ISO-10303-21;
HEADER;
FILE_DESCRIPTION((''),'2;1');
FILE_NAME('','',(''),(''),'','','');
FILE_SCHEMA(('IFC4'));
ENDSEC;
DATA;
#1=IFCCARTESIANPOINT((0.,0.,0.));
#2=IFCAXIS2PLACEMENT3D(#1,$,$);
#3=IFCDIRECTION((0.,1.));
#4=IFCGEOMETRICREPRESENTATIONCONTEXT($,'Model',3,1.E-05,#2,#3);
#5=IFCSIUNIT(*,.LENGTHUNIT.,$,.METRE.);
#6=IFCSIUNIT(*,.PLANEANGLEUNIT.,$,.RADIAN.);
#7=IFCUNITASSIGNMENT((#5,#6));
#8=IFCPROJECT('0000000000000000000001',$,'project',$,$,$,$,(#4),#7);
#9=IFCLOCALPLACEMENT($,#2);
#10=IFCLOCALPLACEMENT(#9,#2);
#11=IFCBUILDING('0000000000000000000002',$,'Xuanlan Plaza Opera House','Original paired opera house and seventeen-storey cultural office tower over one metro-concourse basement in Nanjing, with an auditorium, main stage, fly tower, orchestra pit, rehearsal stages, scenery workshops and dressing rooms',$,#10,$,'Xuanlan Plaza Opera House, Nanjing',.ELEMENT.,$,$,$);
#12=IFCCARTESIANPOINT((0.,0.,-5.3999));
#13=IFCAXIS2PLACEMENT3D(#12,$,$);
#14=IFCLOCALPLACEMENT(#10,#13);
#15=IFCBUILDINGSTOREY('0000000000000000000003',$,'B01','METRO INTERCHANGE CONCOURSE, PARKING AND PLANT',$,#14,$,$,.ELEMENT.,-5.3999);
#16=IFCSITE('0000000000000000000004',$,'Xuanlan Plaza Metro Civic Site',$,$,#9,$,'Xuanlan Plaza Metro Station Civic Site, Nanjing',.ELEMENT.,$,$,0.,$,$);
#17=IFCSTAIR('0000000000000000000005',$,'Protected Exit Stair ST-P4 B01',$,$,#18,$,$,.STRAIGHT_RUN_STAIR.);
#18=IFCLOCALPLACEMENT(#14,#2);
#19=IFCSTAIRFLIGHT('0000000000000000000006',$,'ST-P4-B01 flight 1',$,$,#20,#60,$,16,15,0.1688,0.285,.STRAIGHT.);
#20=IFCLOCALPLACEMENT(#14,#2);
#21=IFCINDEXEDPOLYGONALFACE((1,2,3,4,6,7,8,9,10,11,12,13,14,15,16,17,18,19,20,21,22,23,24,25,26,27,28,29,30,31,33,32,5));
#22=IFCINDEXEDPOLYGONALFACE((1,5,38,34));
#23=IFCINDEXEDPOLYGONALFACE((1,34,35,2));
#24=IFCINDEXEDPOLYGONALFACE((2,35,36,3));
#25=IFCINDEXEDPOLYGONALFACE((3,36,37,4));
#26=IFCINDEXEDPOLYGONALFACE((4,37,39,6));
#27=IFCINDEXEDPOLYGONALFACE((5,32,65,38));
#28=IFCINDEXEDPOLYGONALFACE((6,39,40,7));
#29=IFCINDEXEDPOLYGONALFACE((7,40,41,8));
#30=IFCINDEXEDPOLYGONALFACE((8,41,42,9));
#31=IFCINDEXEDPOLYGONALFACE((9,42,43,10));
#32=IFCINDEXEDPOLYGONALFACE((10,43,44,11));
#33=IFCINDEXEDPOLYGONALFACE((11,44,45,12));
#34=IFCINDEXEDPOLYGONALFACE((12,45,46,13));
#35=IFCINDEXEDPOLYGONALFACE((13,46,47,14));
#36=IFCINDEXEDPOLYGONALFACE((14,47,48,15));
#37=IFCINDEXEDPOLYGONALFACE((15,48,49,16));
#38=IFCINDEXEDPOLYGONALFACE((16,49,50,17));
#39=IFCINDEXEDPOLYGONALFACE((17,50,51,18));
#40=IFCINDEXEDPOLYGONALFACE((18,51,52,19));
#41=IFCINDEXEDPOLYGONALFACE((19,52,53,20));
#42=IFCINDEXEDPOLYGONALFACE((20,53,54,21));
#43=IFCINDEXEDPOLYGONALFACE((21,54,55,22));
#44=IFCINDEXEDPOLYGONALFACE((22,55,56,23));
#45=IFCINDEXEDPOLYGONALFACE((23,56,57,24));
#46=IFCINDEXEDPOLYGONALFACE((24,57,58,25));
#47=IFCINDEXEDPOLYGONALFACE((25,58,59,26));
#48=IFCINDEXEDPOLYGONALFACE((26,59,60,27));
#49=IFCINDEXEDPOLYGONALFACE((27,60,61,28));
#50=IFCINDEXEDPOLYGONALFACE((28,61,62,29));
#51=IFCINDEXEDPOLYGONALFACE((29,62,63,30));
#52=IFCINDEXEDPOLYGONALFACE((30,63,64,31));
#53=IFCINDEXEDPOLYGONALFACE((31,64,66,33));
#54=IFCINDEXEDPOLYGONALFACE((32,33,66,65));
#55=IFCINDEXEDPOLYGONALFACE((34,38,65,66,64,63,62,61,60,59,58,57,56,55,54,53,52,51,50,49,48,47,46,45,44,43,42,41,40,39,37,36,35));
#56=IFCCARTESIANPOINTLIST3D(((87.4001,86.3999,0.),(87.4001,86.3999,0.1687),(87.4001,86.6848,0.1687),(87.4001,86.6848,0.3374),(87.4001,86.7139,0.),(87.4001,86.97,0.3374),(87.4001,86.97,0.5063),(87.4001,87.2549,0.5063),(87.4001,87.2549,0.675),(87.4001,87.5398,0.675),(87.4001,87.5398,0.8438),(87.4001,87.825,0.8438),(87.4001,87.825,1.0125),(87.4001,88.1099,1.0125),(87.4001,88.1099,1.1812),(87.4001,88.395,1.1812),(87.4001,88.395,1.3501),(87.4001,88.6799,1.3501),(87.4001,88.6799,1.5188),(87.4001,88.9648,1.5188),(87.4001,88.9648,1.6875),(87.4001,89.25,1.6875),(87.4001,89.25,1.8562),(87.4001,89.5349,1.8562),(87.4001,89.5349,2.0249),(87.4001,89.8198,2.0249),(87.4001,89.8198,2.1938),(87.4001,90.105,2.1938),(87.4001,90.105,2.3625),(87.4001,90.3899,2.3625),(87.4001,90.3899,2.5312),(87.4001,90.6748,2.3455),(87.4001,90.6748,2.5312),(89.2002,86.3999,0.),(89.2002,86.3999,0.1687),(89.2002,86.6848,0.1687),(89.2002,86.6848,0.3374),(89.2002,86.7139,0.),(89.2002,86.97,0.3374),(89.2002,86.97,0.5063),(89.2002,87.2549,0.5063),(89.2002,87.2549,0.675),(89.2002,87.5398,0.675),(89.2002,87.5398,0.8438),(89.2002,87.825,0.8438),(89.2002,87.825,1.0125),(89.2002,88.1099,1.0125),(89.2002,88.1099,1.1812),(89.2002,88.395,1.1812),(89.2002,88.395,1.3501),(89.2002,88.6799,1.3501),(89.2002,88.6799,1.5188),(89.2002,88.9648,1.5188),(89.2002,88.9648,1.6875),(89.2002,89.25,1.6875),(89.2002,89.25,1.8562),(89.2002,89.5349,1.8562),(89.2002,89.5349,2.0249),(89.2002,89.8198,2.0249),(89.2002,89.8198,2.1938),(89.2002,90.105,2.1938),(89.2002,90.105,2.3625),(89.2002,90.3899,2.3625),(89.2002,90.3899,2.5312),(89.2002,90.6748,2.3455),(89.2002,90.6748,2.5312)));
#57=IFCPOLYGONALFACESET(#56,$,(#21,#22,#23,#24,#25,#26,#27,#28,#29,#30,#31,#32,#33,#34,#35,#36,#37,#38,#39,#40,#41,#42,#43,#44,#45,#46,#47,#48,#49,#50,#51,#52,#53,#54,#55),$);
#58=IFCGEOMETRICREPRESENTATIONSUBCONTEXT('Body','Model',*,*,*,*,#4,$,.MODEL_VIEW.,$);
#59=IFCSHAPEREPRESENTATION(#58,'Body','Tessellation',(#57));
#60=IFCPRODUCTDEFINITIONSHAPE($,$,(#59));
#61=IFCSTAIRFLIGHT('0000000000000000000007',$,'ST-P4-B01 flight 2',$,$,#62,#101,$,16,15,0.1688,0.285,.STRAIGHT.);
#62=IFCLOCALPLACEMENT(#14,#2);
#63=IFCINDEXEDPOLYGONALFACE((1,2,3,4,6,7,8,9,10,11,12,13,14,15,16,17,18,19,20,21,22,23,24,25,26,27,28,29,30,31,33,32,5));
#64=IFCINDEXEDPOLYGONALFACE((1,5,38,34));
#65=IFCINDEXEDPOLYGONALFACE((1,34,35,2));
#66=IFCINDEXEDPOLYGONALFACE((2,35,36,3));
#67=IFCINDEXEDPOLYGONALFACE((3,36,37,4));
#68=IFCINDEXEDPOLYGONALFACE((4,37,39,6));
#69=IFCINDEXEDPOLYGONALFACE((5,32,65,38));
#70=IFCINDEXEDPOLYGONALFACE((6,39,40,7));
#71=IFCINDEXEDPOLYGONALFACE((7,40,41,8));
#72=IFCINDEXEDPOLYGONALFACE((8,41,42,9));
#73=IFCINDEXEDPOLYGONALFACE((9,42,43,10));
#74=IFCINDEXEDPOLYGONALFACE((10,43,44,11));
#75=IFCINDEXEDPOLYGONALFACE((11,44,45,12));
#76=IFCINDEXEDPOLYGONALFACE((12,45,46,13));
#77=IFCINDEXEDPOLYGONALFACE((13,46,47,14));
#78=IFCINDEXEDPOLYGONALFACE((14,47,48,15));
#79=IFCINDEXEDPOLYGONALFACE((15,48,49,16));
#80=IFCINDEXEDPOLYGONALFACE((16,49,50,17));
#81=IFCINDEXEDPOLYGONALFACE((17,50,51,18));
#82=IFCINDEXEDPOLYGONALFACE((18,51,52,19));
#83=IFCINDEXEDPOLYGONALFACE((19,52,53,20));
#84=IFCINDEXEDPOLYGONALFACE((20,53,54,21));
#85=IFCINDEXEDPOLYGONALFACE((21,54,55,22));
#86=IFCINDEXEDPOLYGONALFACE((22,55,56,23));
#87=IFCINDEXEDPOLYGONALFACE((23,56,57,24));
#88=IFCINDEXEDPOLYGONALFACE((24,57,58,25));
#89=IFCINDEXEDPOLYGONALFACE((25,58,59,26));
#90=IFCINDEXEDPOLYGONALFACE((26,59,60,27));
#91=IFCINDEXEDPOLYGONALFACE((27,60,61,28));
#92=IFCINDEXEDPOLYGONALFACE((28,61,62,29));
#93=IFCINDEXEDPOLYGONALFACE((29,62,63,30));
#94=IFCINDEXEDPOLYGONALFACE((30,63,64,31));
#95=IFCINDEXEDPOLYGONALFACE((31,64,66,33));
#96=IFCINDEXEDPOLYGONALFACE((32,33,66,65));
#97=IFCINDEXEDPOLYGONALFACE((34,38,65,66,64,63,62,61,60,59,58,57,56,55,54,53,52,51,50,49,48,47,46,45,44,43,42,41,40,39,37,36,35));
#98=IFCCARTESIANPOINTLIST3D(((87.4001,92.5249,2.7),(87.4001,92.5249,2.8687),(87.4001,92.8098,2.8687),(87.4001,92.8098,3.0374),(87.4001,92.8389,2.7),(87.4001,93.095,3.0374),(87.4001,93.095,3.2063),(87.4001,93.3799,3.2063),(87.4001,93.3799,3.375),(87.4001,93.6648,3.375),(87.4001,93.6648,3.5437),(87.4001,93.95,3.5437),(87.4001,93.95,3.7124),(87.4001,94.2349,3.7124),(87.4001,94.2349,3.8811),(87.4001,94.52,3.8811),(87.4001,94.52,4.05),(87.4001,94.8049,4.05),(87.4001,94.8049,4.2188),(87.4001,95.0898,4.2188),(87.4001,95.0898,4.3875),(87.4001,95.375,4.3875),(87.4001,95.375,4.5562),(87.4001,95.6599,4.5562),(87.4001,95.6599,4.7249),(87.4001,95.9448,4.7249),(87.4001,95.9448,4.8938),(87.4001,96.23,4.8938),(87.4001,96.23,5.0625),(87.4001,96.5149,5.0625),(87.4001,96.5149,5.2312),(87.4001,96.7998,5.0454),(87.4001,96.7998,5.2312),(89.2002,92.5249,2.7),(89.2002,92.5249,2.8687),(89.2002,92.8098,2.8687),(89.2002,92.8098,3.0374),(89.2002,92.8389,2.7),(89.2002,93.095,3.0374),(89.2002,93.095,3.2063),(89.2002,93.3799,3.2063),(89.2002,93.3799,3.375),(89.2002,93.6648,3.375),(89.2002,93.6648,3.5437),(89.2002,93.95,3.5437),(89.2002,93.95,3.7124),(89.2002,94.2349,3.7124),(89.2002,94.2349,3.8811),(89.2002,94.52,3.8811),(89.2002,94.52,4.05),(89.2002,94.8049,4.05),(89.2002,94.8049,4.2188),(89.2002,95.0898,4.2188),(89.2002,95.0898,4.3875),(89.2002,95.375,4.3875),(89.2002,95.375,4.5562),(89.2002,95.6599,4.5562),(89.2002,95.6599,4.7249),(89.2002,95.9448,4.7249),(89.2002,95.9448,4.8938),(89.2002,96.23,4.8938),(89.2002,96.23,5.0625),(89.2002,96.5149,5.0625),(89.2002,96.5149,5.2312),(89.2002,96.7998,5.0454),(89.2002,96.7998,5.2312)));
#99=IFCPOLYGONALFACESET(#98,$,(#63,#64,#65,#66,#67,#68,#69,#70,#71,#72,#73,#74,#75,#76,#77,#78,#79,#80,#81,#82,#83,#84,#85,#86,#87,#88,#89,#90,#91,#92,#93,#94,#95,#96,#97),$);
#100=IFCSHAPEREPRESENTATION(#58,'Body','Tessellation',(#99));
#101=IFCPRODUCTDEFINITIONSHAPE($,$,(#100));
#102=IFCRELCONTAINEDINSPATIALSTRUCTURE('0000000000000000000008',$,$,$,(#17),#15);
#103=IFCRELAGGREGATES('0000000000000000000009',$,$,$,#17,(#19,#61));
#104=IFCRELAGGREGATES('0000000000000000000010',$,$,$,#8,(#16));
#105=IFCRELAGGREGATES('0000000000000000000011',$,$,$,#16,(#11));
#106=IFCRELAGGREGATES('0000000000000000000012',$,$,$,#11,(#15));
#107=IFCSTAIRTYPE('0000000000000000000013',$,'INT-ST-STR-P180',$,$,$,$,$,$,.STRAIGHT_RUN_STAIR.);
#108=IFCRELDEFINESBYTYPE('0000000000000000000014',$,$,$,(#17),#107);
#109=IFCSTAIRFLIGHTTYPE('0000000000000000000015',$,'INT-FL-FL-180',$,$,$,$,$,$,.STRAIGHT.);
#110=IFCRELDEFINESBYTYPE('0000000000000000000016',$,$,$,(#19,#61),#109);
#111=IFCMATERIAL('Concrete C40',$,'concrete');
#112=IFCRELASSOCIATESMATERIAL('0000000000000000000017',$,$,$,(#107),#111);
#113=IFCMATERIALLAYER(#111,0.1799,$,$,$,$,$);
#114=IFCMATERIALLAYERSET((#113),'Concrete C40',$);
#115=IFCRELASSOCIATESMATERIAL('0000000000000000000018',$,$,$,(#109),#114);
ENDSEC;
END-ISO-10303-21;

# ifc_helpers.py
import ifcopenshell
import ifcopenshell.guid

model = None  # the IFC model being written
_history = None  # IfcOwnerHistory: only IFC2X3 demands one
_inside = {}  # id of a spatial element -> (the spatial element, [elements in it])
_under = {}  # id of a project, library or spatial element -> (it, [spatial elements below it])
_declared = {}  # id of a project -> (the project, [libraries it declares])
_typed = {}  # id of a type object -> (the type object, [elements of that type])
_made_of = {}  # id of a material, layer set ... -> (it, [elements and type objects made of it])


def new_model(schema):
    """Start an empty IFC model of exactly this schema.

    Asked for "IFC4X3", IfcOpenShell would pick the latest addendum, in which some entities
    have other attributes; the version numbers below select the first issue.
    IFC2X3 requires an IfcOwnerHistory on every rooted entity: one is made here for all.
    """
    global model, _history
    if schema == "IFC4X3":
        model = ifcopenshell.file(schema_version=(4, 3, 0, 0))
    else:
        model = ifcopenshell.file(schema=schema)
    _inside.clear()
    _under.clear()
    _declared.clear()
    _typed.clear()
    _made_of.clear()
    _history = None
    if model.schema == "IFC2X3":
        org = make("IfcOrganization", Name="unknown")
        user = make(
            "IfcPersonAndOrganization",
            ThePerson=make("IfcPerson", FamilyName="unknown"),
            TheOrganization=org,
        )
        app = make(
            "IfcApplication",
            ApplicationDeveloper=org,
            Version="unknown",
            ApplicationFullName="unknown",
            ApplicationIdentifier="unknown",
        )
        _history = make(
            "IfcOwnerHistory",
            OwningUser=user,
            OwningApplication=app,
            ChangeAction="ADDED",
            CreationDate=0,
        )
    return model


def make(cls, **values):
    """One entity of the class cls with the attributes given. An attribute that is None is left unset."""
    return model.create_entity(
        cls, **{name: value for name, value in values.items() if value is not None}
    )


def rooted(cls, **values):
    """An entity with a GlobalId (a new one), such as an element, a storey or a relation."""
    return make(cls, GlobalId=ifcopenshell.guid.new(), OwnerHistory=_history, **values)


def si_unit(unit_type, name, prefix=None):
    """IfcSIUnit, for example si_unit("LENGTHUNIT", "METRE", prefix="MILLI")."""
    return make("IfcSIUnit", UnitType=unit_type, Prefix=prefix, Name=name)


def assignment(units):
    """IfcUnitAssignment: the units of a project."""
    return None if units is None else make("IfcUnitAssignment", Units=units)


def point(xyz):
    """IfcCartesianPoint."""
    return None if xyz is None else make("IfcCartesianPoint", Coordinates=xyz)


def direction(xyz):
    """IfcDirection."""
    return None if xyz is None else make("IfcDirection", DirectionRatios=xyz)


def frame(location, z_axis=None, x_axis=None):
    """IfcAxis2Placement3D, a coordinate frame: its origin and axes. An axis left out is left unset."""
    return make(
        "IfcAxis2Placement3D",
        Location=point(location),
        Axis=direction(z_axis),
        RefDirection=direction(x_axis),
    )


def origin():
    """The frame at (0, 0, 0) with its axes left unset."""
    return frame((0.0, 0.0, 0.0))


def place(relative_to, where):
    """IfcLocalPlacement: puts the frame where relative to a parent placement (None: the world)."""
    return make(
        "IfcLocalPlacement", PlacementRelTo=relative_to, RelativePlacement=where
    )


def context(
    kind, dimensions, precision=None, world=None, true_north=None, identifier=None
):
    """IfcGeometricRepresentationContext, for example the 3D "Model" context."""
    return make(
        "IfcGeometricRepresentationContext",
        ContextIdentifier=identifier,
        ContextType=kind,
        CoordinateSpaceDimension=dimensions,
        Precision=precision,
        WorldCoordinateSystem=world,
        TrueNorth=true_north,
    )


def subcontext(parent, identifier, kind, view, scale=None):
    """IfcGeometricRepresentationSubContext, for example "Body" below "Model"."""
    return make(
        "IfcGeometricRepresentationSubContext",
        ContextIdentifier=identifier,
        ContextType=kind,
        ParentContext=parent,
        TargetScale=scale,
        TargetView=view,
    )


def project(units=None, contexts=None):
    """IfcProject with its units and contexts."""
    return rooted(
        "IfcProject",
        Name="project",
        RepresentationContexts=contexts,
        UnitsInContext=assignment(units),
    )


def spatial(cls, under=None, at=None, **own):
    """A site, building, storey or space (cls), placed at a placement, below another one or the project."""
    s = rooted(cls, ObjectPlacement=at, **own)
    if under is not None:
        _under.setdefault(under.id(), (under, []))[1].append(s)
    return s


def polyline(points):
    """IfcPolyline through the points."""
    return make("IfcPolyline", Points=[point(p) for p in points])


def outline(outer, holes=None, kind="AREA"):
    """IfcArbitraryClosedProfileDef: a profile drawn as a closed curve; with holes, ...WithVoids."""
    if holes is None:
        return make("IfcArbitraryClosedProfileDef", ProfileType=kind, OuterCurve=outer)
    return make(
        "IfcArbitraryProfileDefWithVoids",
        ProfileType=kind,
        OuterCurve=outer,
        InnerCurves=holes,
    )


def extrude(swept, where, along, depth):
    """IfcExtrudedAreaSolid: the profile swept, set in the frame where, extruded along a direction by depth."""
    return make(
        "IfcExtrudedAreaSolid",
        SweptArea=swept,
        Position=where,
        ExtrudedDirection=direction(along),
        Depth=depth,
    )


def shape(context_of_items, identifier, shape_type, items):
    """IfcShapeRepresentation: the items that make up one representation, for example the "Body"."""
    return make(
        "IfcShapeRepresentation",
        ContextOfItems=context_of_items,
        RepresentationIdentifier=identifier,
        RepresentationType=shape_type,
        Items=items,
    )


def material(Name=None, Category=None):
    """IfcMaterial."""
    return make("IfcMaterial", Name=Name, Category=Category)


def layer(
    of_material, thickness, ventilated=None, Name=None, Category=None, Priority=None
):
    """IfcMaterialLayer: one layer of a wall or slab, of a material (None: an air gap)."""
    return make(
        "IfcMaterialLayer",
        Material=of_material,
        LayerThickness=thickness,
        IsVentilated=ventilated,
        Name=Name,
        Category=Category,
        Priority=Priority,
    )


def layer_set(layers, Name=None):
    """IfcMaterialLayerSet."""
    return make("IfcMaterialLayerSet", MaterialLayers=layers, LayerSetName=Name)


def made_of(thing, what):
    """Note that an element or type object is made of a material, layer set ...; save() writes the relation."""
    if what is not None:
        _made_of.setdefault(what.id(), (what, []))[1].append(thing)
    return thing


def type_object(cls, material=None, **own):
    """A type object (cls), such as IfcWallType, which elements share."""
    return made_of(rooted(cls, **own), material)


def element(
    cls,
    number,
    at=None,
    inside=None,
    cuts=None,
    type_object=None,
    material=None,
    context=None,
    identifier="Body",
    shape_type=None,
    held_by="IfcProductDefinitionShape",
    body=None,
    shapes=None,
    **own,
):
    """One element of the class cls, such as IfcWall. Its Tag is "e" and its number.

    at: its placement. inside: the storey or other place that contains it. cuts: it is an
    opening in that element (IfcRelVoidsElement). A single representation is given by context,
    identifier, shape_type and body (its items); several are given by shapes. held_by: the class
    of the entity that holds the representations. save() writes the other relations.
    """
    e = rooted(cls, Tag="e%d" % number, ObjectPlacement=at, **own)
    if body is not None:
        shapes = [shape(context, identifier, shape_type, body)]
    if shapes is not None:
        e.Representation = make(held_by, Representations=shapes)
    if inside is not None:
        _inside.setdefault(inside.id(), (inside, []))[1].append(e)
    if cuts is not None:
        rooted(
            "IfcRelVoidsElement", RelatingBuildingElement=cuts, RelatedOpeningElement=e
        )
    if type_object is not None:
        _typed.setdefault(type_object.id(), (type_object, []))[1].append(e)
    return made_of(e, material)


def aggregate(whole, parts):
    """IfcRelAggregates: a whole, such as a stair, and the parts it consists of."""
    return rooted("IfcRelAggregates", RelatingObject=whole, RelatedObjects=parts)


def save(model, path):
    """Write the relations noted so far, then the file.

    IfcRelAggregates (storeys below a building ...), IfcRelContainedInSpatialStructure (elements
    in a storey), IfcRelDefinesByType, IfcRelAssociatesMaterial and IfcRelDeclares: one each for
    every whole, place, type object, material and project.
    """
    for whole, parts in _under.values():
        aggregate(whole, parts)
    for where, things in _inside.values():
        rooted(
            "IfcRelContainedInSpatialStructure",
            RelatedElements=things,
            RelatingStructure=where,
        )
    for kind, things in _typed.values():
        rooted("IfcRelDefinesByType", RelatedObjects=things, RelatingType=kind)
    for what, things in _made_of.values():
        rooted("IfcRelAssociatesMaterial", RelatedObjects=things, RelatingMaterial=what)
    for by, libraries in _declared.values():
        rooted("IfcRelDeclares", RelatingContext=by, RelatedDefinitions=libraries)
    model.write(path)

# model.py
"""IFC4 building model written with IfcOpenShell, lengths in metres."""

from ifc_helpers import new_model, si_unit, direction, frame, origin, place, context, subcontext, project, spatial, polyline, outline, extrude, material, layer, layer_set, type_object, element, aggregate, save


model = new_model("IFC4")

# Units and contexts
model_context = context("Model", 3, precision=1e-05, world=origin(), true_north=direction((0.0, 1.0)))
body_context = subcontext(model_context, "Body", "Model", "MODEL_VIEW")
ifc_project = project(units=[si_unit("LENGTHUNIT", "METRE"), si_unit("PLANEANGLEUNIT", "RADIAN")], contexts=[model_context])

# Site, building, storey
site_placement = place(None, origin())
site = spatial("IfcSite", under=ifc_project, at=site_placement, Name="Xuanlan Plaza Metro Civic Site", LongName="Xuanlan Plaza Metro Station Civic Site, Nanjing", CompositionType="ELEMENT", RefElevation=0.0)
building_placement = place(site_placement, origin())
building = spatial("IfcBuilding", under=site, at=building_placement, Name="Xuanlan Plaza Opera House", Description="Original paired opera house and seventeen-storey cultural office tower over one metro-concourse basement in Nanjing, with an auditorium, main stage, fly tower, orchestra pit, rehearsal stages, scenery workshops and dressing rooms", LongName="Xuanlan Plaza Opera House, Nanjing", CompositionType="ELEMENT")
storey_placement = place(building_placement, frame((0.0, 0.0, -5.3999)))
storey = spatial("IfcBuildingStorey", under=building, at=storey_placement, Name="B01", Description="METRO INTERCHANGE CONCOURSE, PARKING AND PLANT", CompositionType="ELEMENT", Elevation=-5.3999)

# Shared definitions
ifc_material_1 = material(Name="Concrete C40", Category="concrete")

# Stair, stair flights
stair_type = type_object("IfcStairType", Name="INT-ST-STR-P180", PredefinedType="STRAIGHT_RUN_STAIR", material=ifc_material_1)
stair_placement = place(storey_placement, origin())
stair = element("IfcStair", 1, at=stair_placement, inside=storey, type_object=stair_type, Name="Protected Exit Stair ST-P4 B01", PredefinedType="STRAIGHT_RUN_STAIR")
ifc_layer_1 = layer(ifc_material_1, 0.1799)
ifc_layer_set_1 = layer_set([ifc_layer_1], Name="Concrete C40")
stair_flight_type = type_object("IfcStairFlightType", Name="INT-FL-FL-180", PredefinedType="STRAIGHT", material=ifc_layer_set_1)
stair_flight_1_placement = place(storey_placement, frame((88.3, 86.3999, 0.0), z_axis=(0.0, 0.0, 1.0), x_axis=(0.0, 1.0, 0.0)))
stair_flight_1 = element("IfcStairFlight", 2, at=stair_flight_1_placement, type_object=stair_flight_type, Name="ST-P4-B01 flight 1", NumberOfRisers=16, NumberOfTreads=15, PredefinedType="STRAIGHT", RiserHeight=0.1688, TreadLength=0.285, context=body_context, shape_type="SweptSolid", body=[
    extrude(outline(polyline([(0.0, 0.0), (0.0, 0.1687), (0.2849, 0.1687), (0.2849, 0.3374), (0.5701, 0.3374), (0.5701, 0.5063), (0.855, 0.5063), (0.855, 0.675), (1.1399, 0.675), (1.1399, 0.8438), (1.425, 0.8438), (1.425, 1.0125), (1.71, 1.0125), (1.71, 1.1812), (1.9951, 1.1812), (1.9951, 1.3501), (2.28, 1.3501), (2.28, 1.5188), (2.5649, 1.5188), (2.5649, 1.6875), (2.8501, 1.6875), (2.8501, 1.8562), (3.135, 1.8562), (3.135, 2.0249), (3.4199, 2.0249), (3.4199, 2.1938), (3.7051, 2.1938), (3.7051, 2.3625), (3.99, 2.3625), (3.99, 2.5312), (4.2749, 2.5312), (4.2749, 2.7), (4.2749, 2.3455), (0.314, 0.0), (0.0, 0.0)])), frame((0.0, 0.8999, 0.0), z_axis=(0.0, -1.0, 0.0), x_axis=(1.0, 0.0, 0.0)), (0.0, 0.0, 1.0), 1.8),
])
stair_flight_2_placement = place(storey_placement, frame((88.3, 92.5249, 2.7), z_axis=(0.0, 0.0, 1.0), x_axis=(0.0, 1.0, 0.0)))
stair_flight_2 = element("IfcStairFlight", 3, at=stair_flight_2_placement, type_object=stair_flight_type, Name="ST-P4-B01 flight 2", NumberOfRisers=16, NumberOfTreads=15, PredefinedType="STRAIGHT", RiserHeight=0.1688, TreadLength=0.285, context=body_context, shape_type="SweptSolid", body=[
    extrude(outline(polyline([(0.0, 0.0), (0.0, 0.1687), (0.2849, 0.1687), (0.2849, 0.3374), (0.5701, 0.3374), (0.5701, 0.5063), (0.855, 0.5063), (0.855, 0.675), (1.1399, 0.675), (1.1399, 0.8438), (1.425, 0.8438), (1.425, 1.0125), (1.71, 1.0125), (1.71, 1.1812), (1.9951, 1.1812), (1.9951, 1.3501), (2.28, 1.3501), (2.28, 1.5188), (2.5649, 1.5188), (2.5649, 1.6875), (2.8501, 1.6875), (2.8501, 1.8562), (3.135, 1.8562), (3.135, 2.0249), (3.4199, 2.0249), (3.4199, 2.1938), (3.7051, 2.1938), (3.7051, 2.3625), (3.99, 2.3625), (3.99, 2.5312), (4.2749, 2.5312), (4.2749, 2.7), (4.2749, 2.3455), (0.314, 0.0), (0.0, 0.0)])), frame((0.0, 0.8999, 0.0), z_axis=(0.0, -1.0, 0.0), x_axis=(1.0, 0.0, 0.0)), (0.0, 0.0, 1.0), 1.8),
])
aggregate(stair, [stair_flight_1, stair_flight_2])

save(model, "model.ifc")
